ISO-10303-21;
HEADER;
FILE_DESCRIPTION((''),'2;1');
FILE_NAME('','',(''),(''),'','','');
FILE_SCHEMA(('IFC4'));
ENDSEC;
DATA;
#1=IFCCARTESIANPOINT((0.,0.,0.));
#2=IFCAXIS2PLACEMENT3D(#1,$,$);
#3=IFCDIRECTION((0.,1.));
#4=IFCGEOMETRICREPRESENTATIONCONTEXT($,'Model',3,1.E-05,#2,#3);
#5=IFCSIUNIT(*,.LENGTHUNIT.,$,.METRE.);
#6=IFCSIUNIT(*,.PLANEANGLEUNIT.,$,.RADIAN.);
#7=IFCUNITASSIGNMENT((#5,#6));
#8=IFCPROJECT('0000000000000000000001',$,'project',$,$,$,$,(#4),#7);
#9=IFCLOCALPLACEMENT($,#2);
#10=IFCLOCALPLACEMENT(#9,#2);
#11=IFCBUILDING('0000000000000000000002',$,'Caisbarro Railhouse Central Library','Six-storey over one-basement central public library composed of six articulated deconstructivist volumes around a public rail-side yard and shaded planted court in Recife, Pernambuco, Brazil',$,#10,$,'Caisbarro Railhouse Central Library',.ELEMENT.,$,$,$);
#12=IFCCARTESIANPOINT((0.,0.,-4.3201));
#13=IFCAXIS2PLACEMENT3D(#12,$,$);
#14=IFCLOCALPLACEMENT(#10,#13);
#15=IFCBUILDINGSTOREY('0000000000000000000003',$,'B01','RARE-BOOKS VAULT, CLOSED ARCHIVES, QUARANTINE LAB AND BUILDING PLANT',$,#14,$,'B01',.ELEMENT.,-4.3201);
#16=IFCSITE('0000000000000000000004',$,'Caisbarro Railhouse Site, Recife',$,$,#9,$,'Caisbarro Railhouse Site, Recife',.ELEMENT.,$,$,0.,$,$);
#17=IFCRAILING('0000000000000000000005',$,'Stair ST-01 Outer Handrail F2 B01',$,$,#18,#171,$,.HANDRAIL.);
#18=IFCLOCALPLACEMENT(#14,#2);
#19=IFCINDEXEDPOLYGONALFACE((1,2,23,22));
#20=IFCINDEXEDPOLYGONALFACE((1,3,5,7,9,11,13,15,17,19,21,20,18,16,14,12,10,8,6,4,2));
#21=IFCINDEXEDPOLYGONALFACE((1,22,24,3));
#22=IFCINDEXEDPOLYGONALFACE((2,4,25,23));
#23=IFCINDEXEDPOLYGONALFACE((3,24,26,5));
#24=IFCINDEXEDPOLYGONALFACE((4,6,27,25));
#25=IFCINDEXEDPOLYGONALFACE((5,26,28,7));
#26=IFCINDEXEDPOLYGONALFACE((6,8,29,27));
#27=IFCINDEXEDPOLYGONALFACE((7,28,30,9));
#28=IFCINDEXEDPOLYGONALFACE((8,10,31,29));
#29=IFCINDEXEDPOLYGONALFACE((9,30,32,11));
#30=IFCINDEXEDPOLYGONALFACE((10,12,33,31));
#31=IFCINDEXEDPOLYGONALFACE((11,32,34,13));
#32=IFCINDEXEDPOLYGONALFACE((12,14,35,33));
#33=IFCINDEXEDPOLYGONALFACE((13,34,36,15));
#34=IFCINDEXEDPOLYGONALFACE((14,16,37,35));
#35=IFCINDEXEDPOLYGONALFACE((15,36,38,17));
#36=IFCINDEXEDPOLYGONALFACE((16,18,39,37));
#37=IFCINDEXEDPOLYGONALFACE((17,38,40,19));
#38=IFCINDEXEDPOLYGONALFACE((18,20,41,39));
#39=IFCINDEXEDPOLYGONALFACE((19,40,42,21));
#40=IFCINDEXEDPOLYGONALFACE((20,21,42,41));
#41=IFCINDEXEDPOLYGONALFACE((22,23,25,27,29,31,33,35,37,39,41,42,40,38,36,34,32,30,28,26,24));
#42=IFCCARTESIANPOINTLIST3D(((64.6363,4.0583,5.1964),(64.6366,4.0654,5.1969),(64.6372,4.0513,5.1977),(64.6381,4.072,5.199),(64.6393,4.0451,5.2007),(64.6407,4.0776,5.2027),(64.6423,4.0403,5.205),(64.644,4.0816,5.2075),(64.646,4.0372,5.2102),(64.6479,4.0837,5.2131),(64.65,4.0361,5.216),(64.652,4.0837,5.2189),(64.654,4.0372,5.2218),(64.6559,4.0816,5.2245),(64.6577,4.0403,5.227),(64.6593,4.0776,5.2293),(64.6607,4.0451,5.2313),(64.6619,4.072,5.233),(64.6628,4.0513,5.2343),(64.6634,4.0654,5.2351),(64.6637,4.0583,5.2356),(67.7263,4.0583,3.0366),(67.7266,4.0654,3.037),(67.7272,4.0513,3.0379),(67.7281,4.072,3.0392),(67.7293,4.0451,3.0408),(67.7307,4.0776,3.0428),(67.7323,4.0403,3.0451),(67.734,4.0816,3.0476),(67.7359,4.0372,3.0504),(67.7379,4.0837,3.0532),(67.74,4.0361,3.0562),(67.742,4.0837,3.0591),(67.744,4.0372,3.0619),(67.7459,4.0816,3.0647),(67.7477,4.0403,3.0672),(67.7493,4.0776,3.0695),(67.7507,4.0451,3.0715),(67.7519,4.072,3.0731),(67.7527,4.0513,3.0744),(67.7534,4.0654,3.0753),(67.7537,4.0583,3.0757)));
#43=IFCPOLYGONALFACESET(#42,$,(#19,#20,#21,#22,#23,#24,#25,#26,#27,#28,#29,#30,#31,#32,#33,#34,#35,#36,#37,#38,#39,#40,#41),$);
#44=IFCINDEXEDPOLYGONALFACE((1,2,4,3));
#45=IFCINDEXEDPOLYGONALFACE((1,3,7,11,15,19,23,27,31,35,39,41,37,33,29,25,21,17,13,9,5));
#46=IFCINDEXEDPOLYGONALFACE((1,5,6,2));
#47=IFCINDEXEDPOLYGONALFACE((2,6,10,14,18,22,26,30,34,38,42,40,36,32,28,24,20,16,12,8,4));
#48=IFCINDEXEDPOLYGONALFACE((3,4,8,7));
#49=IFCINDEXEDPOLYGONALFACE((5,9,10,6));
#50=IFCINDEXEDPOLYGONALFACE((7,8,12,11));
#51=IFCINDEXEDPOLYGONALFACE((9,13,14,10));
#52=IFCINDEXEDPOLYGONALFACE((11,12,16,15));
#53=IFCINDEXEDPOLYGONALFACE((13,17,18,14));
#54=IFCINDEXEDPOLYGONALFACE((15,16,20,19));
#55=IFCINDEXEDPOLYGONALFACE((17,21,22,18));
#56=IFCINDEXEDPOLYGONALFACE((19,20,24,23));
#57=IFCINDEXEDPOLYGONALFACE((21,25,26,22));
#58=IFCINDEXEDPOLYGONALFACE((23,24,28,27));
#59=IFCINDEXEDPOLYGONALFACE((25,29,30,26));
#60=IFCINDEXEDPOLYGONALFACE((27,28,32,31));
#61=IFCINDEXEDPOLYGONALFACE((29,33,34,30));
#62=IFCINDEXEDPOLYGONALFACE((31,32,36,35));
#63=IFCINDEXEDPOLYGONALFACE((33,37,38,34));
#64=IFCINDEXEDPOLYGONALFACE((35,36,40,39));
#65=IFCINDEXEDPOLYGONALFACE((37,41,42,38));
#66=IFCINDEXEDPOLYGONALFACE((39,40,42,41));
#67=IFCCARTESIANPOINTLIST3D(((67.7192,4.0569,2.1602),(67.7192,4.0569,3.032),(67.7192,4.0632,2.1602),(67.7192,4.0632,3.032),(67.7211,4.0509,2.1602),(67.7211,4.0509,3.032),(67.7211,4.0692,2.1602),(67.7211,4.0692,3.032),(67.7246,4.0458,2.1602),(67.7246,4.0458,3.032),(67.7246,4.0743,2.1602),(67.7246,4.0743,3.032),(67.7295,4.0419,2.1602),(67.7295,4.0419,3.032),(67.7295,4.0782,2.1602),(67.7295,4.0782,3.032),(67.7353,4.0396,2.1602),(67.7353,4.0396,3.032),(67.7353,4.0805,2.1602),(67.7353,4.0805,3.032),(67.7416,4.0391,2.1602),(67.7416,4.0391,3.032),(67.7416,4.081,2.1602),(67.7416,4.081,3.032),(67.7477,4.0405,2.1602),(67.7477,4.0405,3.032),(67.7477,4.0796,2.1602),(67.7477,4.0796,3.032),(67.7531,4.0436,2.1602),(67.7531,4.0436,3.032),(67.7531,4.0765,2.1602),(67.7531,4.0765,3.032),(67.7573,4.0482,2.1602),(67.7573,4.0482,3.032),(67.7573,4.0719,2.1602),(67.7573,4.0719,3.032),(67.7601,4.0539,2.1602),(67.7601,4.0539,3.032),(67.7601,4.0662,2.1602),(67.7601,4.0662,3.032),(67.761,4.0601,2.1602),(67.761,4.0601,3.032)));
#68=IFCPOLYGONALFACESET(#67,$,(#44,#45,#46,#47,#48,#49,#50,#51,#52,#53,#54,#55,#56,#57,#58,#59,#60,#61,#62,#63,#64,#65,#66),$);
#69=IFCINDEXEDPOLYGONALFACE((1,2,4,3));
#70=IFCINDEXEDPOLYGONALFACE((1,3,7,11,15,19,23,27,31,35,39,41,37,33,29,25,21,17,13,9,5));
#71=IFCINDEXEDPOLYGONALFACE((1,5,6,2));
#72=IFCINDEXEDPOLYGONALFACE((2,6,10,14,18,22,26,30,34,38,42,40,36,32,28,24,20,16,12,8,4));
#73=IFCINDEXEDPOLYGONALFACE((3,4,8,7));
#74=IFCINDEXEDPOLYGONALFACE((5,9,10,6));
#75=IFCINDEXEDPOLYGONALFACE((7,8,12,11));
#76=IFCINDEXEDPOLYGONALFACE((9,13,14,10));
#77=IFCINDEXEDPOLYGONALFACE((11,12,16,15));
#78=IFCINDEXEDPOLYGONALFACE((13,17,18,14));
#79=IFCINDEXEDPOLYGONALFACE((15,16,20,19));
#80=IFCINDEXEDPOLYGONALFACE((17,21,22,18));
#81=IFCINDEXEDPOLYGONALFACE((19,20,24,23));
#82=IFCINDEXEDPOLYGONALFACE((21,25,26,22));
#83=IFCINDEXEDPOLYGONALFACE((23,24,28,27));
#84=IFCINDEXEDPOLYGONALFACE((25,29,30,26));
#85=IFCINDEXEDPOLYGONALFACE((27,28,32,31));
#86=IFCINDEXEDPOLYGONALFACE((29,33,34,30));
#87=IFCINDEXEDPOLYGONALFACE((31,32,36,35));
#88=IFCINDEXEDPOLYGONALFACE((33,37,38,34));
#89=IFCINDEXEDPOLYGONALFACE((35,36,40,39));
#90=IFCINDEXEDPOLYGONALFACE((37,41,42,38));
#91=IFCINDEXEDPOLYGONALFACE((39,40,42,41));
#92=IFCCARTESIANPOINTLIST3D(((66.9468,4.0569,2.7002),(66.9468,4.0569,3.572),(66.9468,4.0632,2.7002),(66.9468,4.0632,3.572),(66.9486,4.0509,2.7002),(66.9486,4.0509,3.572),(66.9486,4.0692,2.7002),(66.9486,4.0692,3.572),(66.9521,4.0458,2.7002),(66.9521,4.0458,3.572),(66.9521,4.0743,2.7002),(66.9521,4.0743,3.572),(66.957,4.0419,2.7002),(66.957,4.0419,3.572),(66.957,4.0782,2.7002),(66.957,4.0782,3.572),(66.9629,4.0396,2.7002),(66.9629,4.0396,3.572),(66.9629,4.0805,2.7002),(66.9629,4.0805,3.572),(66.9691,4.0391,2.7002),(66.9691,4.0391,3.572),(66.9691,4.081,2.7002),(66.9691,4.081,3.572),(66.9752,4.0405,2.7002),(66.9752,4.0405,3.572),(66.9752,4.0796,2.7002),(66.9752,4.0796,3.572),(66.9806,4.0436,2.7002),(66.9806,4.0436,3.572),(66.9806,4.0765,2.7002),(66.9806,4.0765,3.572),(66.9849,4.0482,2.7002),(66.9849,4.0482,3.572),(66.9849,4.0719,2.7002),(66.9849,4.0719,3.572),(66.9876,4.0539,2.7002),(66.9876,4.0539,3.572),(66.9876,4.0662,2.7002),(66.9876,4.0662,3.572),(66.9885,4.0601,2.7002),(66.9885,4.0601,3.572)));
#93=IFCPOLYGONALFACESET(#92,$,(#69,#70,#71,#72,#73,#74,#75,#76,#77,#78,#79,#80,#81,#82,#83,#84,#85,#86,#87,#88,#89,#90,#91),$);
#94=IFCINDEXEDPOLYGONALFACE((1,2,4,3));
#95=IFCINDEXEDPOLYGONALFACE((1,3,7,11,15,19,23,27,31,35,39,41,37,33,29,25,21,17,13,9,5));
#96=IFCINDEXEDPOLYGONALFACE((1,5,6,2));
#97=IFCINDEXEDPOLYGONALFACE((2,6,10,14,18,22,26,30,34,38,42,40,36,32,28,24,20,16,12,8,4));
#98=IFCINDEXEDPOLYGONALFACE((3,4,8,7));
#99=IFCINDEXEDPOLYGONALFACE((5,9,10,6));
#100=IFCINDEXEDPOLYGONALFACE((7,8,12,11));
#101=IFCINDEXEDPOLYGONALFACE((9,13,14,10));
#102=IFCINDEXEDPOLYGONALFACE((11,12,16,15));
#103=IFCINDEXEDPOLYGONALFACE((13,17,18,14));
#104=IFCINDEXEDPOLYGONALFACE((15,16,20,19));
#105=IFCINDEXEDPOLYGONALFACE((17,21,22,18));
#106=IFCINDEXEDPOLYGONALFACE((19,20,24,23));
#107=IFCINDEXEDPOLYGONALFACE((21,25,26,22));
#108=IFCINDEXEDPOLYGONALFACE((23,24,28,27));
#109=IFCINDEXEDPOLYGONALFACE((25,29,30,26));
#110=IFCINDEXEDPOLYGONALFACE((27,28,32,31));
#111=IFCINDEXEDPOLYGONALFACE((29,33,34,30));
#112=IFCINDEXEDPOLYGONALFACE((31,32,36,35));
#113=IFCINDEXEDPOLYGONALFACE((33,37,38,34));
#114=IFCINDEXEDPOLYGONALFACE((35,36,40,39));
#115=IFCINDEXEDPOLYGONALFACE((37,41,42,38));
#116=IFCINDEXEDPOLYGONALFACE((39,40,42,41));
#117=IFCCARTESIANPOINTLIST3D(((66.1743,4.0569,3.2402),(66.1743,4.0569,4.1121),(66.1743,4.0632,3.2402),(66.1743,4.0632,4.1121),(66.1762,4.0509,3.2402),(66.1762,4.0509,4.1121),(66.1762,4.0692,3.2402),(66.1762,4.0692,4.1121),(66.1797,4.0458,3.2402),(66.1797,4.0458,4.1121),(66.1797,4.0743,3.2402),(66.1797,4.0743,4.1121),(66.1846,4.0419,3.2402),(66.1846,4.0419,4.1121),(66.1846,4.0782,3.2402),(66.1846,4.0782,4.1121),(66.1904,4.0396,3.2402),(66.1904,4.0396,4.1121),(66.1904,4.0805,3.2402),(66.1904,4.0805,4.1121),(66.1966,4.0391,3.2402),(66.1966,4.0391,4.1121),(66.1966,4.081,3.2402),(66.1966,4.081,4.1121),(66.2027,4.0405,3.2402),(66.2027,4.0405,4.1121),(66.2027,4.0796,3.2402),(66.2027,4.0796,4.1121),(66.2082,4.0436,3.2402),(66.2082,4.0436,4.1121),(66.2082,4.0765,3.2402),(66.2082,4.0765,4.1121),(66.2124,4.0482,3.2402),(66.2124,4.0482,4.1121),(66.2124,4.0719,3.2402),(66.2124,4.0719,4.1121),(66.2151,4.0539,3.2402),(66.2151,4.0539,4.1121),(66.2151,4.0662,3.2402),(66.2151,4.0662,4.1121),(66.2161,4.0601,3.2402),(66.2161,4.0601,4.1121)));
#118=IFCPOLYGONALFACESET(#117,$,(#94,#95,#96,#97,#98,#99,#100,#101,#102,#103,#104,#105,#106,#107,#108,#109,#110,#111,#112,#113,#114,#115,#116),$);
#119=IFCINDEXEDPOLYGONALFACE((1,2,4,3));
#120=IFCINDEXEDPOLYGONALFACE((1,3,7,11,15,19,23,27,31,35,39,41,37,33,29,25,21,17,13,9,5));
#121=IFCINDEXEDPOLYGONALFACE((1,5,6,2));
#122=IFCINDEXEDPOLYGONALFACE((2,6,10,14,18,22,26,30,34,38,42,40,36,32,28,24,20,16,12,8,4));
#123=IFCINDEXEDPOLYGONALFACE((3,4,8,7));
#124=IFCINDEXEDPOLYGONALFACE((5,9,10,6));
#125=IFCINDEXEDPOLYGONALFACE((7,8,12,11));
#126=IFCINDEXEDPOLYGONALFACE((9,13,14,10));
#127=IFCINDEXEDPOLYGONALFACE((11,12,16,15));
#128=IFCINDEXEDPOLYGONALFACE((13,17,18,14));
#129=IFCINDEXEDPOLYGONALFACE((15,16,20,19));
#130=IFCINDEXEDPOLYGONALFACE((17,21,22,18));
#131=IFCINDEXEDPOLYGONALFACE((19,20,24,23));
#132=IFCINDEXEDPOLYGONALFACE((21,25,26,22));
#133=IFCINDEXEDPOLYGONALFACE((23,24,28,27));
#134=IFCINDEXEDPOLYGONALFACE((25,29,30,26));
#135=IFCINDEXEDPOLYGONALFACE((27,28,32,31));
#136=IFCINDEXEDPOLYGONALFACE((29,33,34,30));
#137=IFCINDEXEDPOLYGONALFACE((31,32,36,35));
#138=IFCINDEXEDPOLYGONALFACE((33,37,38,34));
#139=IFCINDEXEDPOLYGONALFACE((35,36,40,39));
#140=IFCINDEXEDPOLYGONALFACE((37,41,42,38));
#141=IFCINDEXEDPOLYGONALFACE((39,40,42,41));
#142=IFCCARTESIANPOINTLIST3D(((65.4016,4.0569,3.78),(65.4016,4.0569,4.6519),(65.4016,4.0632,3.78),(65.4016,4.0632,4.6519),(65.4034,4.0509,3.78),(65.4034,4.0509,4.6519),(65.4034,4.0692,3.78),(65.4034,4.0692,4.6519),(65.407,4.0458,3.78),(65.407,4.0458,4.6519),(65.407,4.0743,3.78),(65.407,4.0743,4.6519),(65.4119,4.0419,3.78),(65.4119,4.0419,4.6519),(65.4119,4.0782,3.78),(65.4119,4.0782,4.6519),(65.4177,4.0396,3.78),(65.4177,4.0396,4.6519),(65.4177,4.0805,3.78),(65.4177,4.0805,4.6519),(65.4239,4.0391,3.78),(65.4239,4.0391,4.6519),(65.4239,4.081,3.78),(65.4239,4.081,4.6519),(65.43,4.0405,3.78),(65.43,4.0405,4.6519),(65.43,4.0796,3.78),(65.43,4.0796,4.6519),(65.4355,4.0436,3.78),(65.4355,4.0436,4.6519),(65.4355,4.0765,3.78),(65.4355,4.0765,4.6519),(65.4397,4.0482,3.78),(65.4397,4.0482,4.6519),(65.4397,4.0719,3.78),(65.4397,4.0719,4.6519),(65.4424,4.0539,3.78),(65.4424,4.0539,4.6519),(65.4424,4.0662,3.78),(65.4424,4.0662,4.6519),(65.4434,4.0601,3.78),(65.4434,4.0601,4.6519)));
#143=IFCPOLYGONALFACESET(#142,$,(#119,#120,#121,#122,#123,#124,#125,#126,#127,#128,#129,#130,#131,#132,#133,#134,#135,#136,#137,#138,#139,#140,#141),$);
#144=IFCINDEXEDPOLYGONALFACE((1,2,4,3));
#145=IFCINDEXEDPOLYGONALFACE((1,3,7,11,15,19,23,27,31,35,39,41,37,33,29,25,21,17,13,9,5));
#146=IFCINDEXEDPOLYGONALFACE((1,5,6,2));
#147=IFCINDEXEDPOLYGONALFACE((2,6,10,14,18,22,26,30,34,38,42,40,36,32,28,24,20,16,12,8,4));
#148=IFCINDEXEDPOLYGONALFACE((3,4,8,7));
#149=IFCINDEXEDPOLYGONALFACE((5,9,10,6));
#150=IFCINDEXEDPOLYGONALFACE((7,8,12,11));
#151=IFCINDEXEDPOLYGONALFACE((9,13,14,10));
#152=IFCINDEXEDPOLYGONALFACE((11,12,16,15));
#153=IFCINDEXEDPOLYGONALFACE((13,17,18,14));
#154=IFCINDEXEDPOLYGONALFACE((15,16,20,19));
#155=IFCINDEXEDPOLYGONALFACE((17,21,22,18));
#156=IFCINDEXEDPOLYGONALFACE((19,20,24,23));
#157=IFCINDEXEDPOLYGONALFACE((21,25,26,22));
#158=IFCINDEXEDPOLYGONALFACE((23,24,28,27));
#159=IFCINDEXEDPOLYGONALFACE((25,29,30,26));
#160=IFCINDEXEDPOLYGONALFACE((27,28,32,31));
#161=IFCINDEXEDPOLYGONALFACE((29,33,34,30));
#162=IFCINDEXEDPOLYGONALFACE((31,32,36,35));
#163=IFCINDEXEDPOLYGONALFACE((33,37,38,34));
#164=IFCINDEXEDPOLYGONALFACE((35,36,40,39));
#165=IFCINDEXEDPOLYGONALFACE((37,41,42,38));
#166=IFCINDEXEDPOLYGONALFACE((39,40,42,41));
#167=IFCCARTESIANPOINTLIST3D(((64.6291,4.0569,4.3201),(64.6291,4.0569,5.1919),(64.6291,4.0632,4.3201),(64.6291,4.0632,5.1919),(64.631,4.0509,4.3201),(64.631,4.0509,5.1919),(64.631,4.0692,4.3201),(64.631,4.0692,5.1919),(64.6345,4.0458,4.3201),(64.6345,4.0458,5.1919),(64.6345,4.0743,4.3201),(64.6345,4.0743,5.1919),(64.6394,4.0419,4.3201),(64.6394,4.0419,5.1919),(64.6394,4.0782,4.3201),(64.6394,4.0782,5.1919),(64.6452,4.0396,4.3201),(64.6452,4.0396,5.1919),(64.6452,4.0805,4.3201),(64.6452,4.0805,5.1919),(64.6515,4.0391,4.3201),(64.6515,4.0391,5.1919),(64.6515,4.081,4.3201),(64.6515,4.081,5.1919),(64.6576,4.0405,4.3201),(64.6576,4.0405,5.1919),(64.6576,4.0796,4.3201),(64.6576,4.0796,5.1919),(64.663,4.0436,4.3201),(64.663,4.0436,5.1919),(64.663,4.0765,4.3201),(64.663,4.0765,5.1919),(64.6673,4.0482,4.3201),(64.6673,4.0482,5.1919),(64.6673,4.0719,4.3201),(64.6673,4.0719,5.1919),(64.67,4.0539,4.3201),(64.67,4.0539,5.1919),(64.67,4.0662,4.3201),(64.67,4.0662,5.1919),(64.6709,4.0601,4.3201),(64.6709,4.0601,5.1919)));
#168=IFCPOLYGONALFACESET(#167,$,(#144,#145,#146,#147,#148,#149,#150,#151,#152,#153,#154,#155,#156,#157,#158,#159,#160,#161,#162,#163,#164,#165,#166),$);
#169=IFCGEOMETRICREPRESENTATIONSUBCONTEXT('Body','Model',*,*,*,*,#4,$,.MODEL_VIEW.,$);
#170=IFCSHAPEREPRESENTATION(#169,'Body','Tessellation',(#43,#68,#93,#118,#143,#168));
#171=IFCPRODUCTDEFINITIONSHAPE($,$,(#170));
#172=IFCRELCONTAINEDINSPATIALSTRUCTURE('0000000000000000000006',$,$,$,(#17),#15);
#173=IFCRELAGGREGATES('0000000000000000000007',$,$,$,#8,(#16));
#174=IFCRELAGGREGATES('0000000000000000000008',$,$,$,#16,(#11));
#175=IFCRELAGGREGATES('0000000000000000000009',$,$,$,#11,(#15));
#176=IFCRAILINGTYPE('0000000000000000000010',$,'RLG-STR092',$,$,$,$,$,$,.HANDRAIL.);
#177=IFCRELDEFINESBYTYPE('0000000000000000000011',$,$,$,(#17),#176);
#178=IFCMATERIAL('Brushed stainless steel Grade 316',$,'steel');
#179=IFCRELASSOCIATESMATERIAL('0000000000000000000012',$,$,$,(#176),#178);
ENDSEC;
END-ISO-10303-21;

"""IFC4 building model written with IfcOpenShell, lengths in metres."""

from ifc_helpers import new_model, si_unit, direction, frame, origin, origin_2d, place, context, subcontext, project, spatial, circle, extrude, material, type_object, element, save


model = new_model("IFC4")

# Units and contexts
model_context = context("Model", 3, precision=1e-05, world=origin(), true_north=direction((0.0, 1.0)))
body_context = subcontext(model_context, "Body", "Model", "MODEL_VIEW")
ifc_project = project(units=[si_unit("LENGTHUNIT", "METRE"), si_unit("PLANEANGLEUNIT", "RADIAN")], contexts=[model_context])

# Site, building, storey
site_placement = place(None, origin())
site = spatial("IfcSite", under=ifc_project, at=site_placement, Name="Caisbarro Railhouse Site, Recife", LongName="Caisbarro Railhouse Site, Recife", CompositionType="ELEMENT", RefElevation=0.0)
building_placement = place(site_placement, origin())
building = spatial("IfcBuilding", under=site, at=building_placement, Name="Caisbarro Railhouse Central Library", Description="Six-storey over one-basement central public library composed of six articulated deconstructivist volumes around a public rail-side yard and shaded planted court in Recife, Pernambuco, Brazil", LongName="Caisbarro Railhouse Central Library", CompositionType="ELEMENT")
storey_placement = place(building_placement, frame((0.0, 0.0, -4.3201)))
storey = spatial("IfcBuildingStorey", under=building, at=storey_placement, Name="B01", Description="RARE-BOOKS VAULT, CLOSED ARCHIVES, QUARANTINE LAB AND BUILDING PLANT", LongName="B01", CompositionType="ELEMENT", Elevation=-4.3201)

# Railing
ifc_material_1 = material(Name="Brushed stainless steel Grade 316", Category="steel")
railing_type_1 = type_object("IfcRailingType", Name="RLG-STR092", PredefinedType="HANDRAIL", material=ifc_material_1)
railing_1_placement = place(storey_placement, frame((67.74, 4.0601, 2.1602)))
element("IfcRailing", 1, at=railing_1_placement, inside=storey, type_object=railing_type_1, Name="Stair ST-01 Outer Handrail F2 B01", PredefinedType="HANDRAIL", context=body_context, shape_type="SweptSolid", body=[
    extrude(circle(Radius=0.0239, at=origin_2d()), frame((0.0, 0.0, 0.896), z_axis=(-0.819624, 0.0, 0.572902), x_axis=(0.0, -1.0, 0.0)), (0.0, 0.0, 1.0), 3.77),
    extrude(circle(Radius=0.021, at=origin_2d()), origin(), (0.0, 0.0, 1.0), 0.8718),
    extrude(circle(Radius=0.021, at=origin_2d()), frame((-0.7725, 0.0, 0.54)), (0.0, 0.0, 1.0), 0.8718),
    extrude(circle(Radius=0.021, at=origin_2d()), frame((-1.5449, 0.0, 1.0801)), (0.0, 0.0, 1.0), 0.8718),
    extrude(circle(Radius=0.021, at=origin_2d()), frame((-2.3176, 0.0, 1.6199)), (0.0, 0.0, 1.0), 0.8718),
    extrude(circle(Radius=0.021, at=origin_2d()), frame((-3.0901, 0.0, 2.1599)), (0.0, 0.0, 1.0), 0.8718),
])

save(model, "model.ifc")
